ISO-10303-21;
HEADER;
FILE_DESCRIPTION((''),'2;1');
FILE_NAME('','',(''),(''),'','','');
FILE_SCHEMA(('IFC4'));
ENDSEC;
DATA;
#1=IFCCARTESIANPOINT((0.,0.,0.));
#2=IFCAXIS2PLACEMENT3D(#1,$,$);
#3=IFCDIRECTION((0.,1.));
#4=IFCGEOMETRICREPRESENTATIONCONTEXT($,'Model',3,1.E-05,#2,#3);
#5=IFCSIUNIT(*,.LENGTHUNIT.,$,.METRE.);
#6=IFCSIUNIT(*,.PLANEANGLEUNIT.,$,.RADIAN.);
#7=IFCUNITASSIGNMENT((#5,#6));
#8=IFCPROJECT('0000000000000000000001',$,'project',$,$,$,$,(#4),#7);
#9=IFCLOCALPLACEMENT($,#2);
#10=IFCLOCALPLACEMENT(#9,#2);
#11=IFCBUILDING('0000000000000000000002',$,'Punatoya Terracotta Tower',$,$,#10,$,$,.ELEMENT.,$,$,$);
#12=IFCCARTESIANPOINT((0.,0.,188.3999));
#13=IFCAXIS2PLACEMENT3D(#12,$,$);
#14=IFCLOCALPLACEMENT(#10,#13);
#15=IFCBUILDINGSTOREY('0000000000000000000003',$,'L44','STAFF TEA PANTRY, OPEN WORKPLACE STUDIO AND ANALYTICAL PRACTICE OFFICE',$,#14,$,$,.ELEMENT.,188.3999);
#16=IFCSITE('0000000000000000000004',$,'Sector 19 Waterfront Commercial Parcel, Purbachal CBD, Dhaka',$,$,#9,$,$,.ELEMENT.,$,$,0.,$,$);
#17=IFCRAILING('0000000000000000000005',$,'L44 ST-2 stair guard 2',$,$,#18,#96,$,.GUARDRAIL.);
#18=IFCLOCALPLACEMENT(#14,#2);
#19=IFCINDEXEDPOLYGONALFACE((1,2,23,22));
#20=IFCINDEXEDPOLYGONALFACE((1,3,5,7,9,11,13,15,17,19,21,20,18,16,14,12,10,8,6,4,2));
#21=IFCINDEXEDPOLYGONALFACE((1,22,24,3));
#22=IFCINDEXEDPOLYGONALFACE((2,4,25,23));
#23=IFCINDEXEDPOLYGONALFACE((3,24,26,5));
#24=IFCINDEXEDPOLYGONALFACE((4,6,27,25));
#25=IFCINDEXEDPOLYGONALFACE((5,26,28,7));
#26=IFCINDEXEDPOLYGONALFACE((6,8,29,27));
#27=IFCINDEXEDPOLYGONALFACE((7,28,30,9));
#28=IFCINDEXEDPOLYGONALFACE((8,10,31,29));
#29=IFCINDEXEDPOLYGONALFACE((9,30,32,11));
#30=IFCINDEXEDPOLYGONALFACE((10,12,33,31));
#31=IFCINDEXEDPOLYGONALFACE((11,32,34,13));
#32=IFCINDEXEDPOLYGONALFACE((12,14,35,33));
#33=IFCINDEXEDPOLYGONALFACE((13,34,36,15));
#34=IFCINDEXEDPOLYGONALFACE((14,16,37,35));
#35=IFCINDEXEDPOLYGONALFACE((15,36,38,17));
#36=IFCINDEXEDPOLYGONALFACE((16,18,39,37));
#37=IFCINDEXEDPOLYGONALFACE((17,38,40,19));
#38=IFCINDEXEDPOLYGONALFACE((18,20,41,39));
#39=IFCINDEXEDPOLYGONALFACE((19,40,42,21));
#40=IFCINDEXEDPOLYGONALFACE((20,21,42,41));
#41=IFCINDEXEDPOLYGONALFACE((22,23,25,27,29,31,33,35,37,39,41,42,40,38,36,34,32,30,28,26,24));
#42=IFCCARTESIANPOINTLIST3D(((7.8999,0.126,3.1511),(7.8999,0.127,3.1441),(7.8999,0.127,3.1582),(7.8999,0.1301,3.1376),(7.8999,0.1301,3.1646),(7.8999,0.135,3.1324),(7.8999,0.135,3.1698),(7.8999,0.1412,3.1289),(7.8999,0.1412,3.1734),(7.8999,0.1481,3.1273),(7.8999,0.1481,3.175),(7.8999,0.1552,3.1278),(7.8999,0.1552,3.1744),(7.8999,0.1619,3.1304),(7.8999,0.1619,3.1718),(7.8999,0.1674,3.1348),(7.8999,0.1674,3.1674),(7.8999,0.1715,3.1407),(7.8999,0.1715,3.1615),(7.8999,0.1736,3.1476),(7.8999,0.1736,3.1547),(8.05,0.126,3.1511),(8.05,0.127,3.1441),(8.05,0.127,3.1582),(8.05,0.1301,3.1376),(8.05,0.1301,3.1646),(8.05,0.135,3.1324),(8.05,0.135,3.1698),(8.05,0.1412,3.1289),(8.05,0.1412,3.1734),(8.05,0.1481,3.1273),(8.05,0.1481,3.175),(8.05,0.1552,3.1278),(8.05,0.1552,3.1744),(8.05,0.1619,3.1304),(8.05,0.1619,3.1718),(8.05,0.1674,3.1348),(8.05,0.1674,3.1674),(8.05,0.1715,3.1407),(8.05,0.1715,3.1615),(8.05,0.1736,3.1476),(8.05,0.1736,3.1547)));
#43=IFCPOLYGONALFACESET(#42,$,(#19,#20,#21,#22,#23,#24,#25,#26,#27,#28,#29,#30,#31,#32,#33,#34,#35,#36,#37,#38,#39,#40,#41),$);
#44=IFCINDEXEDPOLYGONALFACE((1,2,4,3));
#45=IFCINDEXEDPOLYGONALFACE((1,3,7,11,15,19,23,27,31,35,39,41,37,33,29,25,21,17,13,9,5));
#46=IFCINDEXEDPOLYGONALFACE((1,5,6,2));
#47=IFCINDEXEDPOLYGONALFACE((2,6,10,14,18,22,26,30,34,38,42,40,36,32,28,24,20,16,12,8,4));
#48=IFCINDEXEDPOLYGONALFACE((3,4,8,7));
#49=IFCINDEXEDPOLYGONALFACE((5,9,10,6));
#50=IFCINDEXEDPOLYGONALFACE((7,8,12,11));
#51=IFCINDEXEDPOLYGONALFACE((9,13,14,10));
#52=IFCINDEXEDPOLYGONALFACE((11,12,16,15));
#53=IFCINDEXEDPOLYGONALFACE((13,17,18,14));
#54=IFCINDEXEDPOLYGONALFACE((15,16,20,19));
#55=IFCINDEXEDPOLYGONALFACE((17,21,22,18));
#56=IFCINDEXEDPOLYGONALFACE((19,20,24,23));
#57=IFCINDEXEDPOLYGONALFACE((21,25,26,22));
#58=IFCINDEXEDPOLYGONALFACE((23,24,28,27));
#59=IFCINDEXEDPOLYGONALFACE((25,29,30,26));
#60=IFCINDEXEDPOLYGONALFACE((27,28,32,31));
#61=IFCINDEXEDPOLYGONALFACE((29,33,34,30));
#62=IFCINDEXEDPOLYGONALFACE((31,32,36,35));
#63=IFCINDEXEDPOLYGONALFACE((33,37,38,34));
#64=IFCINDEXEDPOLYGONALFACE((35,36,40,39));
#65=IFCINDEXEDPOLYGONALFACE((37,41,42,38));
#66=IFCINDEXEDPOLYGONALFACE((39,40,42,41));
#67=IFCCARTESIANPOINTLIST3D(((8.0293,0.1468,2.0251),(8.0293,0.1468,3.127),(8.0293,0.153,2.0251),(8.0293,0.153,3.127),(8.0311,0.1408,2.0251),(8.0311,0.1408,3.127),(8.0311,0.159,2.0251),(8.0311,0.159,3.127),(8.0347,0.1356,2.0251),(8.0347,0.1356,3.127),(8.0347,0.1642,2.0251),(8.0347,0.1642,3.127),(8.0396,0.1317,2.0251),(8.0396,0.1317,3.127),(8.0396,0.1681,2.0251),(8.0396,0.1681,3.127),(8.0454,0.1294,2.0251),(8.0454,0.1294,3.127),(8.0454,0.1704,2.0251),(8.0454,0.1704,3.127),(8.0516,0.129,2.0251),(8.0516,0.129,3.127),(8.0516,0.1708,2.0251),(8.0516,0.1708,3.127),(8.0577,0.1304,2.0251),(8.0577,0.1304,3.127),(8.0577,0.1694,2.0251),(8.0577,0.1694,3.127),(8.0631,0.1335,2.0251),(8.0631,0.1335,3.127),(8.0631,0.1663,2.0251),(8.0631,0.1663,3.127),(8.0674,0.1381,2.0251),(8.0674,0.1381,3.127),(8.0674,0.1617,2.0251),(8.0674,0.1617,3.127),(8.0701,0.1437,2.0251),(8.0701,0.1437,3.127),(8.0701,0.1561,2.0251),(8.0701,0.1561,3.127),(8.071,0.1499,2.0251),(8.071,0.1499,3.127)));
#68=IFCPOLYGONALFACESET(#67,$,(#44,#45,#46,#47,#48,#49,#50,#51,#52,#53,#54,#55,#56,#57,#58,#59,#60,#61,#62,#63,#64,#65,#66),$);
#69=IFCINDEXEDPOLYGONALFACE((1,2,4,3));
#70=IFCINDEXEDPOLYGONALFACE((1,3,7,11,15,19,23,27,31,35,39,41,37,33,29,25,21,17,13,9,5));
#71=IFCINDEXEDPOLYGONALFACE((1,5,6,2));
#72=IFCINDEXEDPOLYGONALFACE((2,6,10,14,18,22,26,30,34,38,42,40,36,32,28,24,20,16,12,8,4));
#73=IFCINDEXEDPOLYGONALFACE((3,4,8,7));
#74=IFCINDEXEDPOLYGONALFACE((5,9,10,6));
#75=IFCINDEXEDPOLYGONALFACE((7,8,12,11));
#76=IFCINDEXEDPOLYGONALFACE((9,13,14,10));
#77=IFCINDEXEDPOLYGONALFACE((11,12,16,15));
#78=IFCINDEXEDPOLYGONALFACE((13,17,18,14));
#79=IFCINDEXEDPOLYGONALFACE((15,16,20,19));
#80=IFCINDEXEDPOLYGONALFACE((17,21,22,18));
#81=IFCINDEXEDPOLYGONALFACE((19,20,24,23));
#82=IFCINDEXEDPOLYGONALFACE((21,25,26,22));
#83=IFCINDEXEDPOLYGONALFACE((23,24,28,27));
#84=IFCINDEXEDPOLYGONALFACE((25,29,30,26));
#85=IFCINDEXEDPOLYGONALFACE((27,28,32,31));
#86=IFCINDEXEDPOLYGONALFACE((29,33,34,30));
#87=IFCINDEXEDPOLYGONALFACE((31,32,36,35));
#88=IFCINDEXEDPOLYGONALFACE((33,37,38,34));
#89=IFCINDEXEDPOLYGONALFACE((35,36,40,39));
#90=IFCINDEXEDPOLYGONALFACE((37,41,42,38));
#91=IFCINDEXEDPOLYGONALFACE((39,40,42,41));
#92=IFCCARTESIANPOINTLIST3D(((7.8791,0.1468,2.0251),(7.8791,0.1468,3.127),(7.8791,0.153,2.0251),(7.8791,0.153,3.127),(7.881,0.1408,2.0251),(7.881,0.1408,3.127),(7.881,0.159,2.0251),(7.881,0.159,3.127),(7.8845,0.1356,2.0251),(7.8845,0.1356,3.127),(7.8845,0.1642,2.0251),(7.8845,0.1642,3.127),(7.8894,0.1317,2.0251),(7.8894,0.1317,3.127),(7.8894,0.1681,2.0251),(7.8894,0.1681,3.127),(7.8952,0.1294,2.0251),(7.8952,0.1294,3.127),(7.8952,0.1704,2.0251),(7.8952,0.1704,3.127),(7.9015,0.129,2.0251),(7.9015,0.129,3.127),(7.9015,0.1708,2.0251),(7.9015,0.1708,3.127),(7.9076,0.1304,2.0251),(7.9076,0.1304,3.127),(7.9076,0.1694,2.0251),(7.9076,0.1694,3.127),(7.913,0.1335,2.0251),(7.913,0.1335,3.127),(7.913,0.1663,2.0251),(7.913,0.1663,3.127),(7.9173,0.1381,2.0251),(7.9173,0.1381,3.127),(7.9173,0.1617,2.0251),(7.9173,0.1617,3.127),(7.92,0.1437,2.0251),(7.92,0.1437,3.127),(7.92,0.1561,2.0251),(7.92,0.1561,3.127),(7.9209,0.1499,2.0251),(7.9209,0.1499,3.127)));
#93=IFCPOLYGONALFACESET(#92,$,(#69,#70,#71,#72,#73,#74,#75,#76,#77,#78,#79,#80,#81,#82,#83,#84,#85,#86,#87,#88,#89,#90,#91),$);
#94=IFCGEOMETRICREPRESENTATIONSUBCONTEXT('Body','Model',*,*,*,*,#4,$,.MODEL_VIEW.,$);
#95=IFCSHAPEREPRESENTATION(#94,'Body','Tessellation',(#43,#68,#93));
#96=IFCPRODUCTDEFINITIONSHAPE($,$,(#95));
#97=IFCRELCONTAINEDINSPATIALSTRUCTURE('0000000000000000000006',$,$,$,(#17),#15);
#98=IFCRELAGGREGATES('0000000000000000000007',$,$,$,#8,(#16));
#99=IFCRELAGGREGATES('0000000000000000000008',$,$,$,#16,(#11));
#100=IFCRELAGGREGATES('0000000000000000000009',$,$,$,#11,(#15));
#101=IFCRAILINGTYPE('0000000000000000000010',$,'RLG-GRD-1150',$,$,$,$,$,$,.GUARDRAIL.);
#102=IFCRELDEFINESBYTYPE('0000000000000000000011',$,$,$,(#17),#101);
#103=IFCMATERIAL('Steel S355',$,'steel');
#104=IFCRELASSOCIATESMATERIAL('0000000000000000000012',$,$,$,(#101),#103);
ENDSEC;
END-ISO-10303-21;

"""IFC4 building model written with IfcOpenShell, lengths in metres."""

from ifc_helpers import new_model, si_unit, direction, frame, origin, origin_2d, place, context, subcontext, project, spatial, circle, extrude, material, type_object, element, save


model = new_model("IFC4")

# Units and contexts
model_context = context("Model", 3, precision=1e-05, world=origin(), true_north=direction((0.0, 1.0)))
body_context = subcontext(model_context, "Body", "Model", "MODEL_VIEW")
ifc_project = project(units=[si_unit("LENGTHUNIT", "METRE"), si_unit("PLANEANGLEUNIT", "RADIAN")], contexts=[model_context])

# Site, building, storey
site_placement = place(None, origin())
site = spatial("IfcSite", under=ifc_project, at=site_placement, Name="Sector 19 Waterfront Commercial Parcel, Purbachal CBD, Dhaka", CompositionType="ELEMENT", RefElevation=0.0)
building_placement = place(site_placement, origin())
building = spatial("IfcBuilding", under=site, at=building_placement, Name="Punatoya Terracotta Tower", CompositionType="ELEMENT")
storey_placement = place(building_placement, frame((0.0, 0.0, 188.3999)))
storey = spatial("IfcBuildingStorey", under=building, at=storey_placement, Name="L44", Description="STAFF TEA PANTRY, OPEN WORKPLACE STUDIO AND ANALYTICAL PRACTICE OFFICE", CompositionType="ELEMENT", Elevation=188.3999)

# Shared definitions
ifc_material_1 = material(Name="Steel S355", Category="steel")

# Railing
railing_type_1 = type_object("IfcRailingType", Name="RLG-GRD-1150", PredefinedType="GUARDRAIL", material=ifc_material_1)
railing_1_placement = place(storey_placement, frame((8.05, 0.1499, 2.0251)))
element("IfcRailing", 1, at=railing_1_placement, inside=storey, type_object=railing_type_1, Name="L44 ST-2 stair guard 2", PredefinedType="GUARDRAIL", context=body_context, shape_type="SweptSolid", body=[
    extrude(circle(Radius=0.0239, at=origin_2d()), frame((0.0, 0.0, 1.126), z_axis=(-1.0, 0.0, 0.0), x_axis=(0.0, -1.0, 0.0)), (0.0, 0.0, 1.0), 0.1501),
    extrude(circle(Radius=0.021, at=origin_2d()), origin(), (0.0, 0.0, 1.0), 1.1018),
    extrude(circle(Radius=0.021, at=origin_2d()), frame((-0.1501, 0.0, 0.0)), (0.0, 0.0, 1.0), 1.1018),
])

save(model, "model.ifc")
